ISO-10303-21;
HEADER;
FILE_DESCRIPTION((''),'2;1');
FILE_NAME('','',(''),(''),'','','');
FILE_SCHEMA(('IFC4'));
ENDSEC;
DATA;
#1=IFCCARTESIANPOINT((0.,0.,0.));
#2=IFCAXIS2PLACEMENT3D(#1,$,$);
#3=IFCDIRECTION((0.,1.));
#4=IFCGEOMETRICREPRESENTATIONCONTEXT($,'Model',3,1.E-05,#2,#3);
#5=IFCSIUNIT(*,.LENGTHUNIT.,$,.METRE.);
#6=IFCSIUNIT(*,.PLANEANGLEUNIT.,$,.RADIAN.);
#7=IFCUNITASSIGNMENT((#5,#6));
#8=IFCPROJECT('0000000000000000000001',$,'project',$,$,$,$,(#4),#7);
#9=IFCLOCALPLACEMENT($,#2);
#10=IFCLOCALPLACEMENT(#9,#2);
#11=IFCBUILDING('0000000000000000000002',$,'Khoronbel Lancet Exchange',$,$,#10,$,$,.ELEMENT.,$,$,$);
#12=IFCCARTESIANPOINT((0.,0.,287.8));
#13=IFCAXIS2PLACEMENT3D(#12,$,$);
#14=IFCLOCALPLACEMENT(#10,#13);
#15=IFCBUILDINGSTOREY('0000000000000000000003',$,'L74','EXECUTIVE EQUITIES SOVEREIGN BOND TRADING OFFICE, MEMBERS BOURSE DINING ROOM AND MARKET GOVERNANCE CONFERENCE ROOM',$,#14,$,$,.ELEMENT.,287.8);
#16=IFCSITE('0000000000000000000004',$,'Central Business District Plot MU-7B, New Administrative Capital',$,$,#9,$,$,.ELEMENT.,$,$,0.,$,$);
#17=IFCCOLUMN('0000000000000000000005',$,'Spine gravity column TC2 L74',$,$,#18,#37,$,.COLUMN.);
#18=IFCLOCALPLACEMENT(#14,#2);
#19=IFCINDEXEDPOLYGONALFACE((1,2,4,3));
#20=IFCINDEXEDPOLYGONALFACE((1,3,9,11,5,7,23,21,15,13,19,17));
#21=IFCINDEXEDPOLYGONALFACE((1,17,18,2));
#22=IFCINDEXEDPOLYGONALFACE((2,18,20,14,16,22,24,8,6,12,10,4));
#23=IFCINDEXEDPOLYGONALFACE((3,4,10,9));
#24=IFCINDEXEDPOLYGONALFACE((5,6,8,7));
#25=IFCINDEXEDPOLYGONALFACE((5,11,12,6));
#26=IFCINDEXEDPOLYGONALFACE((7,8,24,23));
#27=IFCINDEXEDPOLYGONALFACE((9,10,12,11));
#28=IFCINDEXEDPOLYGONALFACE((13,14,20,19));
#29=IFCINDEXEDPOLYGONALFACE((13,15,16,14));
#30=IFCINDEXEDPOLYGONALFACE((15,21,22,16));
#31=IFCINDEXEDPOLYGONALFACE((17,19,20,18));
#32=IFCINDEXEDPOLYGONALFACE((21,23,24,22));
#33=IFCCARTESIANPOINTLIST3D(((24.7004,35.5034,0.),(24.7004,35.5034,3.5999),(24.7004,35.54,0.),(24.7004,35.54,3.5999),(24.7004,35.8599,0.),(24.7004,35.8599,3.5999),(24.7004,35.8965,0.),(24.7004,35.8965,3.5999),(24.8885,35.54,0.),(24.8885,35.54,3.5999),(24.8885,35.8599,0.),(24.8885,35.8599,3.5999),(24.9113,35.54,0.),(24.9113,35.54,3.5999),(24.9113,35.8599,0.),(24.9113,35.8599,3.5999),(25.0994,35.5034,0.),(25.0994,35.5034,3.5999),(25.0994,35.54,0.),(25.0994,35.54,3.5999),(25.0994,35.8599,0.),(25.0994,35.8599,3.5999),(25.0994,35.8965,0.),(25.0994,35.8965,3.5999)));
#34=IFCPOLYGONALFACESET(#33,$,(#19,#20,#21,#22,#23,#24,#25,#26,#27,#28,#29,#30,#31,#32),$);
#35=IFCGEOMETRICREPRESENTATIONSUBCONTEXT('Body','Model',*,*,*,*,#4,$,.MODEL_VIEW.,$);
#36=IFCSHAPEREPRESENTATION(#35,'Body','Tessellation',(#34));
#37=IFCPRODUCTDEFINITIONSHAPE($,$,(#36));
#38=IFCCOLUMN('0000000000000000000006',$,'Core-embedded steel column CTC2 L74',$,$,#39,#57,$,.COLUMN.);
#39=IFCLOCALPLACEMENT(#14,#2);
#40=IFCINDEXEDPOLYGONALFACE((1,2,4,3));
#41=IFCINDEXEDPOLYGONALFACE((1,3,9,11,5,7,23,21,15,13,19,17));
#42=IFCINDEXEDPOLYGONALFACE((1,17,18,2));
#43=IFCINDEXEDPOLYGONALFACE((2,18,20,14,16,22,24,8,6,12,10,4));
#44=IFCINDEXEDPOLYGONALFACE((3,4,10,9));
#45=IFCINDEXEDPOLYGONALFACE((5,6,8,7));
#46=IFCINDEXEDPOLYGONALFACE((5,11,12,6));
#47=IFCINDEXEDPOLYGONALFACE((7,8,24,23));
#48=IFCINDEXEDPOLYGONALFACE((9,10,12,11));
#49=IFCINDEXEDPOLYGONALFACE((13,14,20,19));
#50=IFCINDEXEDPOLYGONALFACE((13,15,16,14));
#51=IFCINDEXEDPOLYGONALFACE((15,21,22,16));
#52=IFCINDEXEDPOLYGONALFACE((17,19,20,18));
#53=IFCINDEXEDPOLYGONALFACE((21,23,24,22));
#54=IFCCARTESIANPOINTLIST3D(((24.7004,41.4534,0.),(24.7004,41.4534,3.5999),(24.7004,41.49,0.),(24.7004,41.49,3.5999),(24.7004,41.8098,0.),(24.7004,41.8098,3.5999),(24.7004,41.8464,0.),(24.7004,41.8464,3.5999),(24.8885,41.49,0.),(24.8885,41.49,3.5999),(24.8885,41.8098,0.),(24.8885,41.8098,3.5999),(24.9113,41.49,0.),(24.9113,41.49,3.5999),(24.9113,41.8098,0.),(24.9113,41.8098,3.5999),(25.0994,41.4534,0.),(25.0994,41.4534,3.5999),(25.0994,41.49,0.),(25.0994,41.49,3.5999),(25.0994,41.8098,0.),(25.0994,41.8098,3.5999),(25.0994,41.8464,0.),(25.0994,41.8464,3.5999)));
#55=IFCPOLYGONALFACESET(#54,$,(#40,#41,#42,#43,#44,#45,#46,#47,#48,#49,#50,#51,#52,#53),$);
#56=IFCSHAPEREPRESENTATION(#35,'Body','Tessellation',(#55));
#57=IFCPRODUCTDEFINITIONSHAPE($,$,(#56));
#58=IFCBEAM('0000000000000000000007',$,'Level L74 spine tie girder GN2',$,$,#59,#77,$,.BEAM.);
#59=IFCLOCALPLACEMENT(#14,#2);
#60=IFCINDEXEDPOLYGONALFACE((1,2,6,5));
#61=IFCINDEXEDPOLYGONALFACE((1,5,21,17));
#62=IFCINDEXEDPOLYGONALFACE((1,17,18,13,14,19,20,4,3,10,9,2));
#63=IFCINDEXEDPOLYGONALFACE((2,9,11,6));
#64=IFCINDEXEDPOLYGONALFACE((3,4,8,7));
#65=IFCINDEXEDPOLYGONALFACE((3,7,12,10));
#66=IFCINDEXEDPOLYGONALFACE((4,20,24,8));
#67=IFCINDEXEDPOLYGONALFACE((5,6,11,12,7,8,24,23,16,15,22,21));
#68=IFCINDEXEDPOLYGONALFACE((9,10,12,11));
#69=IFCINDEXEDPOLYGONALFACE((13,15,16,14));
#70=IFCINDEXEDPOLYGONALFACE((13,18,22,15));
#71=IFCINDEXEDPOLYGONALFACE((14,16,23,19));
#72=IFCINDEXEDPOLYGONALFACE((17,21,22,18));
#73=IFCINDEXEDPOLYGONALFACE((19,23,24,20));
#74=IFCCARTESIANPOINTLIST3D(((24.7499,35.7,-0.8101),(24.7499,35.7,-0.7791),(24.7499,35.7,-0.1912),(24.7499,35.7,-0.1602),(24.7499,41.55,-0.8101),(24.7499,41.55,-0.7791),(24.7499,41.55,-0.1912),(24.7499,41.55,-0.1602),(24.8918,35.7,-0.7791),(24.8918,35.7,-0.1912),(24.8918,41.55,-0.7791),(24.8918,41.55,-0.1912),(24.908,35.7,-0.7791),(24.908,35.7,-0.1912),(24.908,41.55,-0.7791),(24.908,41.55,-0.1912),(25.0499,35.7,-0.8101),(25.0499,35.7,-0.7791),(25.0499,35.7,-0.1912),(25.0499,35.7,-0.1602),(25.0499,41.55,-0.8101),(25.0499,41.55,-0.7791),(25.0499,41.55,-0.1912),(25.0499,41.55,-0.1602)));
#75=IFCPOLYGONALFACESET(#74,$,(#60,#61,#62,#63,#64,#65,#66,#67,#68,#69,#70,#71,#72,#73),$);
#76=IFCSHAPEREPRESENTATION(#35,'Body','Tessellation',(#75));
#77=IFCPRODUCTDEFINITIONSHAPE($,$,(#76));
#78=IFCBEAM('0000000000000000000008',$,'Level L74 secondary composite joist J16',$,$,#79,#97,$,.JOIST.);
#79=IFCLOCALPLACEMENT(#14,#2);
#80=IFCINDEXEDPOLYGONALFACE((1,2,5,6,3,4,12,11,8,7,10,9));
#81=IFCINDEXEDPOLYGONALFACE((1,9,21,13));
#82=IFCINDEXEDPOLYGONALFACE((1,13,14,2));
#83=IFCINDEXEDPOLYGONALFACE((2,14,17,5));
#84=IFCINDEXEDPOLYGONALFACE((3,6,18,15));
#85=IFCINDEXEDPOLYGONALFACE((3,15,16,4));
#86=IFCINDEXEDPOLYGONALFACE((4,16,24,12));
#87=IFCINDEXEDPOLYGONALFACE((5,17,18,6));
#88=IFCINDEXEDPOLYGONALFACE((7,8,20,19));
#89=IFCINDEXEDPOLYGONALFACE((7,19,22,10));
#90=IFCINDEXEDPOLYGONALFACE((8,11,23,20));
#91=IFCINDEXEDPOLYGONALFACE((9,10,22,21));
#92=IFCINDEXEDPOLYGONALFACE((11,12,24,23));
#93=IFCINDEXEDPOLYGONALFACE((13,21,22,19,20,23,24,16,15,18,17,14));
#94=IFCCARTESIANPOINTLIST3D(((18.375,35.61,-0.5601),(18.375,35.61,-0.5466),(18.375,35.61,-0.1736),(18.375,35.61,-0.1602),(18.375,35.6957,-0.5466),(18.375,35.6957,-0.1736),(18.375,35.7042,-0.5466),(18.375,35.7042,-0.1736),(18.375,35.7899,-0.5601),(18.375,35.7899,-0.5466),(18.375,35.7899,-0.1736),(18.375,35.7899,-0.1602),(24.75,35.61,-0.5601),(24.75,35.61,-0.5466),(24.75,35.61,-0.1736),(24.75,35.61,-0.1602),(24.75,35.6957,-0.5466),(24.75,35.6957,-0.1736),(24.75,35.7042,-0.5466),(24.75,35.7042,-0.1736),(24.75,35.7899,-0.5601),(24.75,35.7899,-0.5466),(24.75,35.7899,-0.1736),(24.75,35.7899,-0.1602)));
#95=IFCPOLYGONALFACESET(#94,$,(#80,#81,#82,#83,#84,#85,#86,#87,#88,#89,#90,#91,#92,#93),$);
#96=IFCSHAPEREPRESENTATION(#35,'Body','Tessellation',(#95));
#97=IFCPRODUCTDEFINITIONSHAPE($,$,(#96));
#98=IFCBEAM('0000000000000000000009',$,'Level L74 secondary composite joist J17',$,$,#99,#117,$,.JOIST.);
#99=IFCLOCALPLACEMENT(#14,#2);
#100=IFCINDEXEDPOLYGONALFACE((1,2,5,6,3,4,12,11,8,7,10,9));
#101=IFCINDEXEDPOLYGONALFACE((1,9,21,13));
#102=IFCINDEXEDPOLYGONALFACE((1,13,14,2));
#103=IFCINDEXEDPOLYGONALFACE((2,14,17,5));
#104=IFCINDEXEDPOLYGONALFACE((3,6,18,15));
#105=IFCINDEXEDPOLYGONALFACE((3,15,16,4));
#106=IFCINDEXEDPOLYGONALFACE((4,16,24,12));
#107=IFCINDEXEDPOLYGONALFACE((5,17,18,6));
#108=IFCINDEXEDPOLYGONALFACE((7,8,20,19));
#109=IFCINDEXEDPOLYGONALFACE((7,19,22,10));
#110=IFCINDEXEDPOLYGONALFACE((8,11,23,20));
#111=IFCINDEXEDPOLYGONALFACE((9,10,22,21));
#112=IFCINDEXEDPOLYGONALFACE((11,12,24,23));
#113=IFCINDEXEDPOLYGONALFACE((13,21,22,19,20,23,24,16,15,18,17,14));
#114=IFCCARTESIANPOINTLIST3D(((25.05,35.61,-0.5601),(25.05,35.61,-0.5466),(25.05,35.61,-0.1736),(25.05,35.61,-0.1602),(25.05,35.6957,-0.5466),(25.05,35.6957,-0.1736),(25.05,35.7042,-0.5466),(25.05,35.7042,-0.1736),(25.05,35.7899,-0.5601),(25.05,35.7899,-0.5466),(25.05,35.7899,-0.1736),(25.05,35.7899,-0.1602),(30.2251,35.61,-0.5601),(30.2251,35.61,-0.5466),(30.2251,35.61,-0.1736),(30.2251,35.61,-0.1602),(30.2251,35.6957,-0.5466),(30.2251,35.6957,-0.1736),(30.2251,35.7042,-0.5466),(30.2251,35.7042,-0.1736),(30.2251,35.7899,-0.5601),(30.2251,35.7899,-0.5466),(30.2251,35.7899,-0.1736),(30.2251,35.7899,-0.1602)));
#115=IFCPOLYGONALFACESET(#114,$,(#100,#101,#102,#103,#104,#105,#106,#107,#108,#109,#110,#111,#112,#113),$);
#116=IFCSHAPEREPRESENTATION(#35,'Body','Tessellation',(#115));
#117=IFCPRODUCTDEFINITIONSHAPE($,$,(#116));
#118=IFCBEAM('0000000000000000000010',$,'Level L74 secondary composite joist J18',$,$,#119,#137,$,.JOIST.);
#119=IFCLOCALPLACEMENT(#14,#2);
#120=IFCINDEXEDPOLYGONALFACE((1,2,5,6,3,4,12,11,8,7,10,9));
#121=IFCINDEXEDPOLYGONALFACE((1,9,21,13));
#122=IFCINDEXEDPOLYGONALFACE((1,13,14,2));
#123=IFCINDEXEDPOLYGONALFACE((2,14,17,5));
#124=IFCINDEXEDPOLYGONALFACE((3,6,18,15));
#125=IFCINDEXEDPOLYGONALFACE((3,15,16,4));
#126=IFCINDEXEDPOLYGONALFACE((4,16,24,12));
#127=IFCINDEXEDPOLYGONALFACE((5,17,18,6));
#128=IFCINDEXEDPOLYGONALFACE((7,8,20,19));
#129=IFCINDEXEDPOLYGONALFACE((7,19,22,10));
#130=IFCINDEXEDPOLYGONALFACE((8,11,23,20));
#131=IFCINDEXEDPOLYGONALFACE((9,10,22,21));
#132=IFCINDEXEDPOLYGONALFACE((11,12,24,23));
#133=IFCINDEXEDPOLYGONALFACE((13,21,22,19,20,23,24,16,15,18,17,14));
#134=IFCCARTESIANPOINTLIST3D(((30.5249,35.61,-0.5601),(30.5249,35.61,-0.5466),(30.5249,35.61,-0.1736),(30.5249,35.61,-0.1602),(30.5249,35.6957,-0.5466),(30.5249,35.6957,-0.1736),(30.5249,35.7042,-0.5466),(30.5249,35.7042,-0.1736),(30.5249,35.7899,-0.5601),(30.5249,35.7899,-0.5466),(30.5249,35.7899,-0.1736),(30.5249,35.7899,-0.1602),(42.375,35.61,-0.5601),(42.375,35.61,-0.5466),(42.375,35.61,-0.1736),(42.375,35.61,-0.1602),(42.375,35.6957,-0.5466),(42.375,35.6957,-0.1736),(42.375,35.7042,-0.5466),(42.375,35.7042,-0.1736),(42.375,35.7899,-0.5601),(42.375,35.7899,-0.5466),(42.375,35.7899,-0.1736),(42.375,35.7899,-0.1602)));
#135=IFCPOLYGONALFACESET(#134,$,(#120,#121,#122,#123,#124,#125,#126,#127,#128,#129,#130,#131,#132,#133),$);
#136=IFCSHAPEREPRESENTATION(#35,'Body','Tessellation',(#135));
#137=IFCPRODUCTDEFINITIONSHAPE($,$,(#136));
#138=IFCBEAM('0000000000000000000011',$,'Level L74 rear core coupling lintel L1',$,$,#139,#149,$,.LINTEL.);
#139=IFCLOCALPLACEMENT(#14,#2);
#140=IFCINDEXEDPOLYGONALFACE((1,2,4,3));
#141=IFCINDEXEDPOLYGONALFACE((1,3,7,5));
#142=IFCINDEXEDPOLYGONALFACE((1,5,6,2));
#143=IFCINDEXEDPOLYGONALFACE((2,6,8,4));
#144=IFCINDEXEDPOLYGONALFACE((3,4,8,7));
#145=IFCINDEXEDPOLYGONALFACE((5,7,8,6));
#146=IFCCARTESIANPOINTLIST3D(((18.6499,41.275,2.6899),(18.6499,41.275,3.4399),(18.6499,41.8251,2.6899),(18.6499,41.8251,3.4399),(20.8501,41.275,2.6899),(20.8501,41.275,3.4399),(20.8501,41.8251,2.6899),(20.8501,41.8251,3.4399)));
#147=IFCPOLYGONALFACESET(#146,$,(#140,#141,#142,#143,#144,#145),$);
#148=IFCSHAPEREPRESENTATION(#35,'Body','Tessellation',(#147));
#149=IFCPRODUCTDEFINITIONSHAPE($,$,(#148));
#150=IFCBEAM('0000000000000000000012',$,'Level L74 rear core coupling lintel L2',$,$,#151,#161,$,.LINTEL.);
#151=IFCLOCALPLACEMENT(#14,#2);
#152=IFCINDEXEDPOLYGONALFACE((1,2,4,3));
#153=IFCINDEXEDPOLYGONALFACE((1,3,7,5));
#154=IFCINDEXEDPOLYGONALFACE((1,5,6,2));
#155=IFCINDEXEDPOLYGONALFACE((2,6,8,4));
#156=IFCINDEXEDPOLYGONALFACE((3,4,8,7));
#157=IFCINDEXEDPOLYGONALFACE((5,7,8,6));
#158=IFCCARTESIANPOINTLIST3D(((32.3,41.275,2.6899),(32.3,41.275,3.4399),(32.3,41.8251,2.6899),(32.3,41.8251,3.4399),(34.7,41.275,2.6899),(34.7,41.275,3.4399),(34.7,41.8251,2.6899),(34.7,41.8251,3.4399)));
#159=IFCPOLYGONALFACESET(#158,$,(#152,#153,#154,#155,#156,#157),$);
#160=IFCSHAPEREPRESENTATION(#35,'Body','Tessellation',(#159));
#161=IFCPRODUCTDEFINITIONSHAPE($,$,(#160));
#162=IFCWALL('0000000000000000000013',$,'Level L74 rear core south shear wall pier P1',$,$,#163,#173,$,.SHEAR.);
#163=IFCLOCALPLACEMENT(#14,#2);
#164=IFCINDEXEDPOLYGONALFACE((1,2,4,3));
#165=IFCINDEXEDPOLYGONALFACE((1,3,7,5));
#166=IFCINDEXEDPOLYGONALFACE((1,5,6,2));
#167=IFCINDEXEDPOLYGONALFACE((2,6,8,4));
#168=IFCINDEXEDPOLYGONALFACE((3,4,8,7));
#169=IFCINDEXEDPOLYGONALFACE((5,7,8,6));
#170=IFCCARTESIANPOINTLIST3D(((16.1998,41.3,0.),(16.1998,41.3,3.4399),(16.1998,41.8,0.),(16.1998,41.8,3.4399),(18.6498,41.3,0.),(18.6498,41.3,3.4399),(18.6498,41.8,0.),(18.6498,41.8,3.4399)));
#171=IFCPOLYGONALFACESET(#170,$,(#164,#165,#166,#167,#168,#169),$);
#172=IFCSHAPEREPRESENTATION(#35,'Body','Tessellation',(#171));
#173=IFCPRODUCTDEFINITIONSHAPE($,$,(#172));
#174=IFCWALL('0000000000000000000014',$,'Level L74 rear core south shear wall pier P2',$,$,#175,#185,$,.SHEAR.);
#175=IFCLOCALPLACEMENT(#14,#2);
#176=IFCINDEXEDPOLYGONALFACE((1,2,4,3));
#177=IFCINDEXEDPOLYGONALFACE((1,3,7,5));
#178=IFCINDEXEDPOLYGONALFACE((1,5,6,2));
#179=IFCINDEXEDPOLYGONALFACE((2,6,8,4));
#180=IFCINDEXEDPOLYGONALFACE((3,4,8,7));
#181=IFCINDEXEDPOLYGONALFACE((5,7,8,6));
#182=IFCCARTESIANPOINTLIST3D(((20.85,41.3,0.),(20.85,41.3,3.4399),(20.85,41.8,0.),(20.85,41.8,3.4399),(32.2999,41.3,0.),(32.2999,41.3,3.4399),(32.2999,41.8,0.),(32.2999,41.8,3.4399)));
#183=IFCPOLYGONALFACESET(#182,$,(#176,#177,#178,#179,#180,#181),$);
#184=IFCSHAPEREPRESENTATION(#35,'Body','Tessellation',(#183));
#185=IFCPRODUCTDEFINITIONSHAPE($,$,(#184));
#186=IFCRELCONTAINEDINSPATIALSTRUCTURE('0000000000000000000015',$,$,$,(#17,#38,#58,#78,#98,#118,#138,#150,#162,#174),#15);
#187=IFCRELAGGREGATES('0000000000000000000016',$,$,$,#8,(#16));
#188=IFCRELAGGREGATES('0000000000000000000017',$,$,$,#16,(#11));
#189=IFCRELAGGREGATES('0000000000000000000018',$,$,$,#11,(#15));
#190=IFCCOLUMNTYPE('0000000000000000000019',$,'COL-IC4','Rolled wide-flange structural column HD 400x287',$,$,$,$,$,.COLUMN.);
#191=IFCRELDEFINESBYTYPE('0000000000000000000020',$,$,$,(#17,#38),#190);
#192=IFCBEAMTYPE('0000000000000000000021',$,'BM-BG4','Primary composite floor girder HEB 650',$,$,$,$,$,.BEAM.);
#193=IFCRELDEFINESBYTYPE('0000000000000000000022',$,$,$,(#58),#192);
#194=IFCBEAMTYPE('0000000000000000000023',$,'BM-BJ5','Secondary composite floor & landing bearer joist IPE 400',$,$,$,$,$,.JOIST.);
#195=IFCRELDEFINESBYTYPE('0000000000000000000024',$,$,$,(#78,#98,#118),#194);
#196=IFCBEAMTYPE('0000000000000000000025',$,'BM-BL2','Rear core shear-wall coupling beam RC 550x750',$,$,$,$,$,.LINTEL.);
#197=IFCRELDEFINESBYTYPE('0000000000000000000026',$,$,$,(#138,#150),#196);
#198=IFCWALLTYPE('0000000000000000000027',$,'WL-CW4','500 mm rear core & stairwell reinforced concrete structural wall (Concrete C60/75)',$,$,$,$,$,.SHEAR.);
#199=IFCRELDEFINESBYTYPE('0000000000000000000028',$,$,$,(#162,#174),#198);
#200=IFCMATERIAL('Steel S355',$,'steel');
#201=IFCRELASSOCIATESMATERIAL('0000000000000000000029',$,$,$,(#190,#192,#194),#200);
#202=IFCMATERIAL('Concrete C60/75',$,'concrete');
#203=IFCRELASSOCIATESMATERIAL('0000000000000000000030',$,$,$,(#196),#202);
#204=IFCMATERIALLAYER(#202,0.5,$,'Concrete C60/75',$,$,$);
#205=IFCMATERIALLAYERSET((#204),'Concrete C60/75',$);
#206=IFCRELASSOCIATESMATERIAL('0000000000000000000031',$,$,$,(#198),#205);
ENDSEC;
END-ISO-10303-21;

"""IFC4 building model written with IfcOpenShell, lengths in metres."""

from ifc_helpers import new_model, si_unit, direction, frame, frame_2d, origin, origin_2d, place, context, subcontext, project, spatial, rectangle, i_section, extrude, material, layer, layer_set, material_profile, profile_set, type_object, element, save


model = new_model("IFC4")

# Units and contexts
model_context = context("Model", 3, precision=1e-05, world=origin(), true_north=direction((0.0, 1.0)))
body_context = subcontext(model_context, "Body", "Model", "MODEL_VIEW")
ifc_project = project(units=[si_unit("LENGTHUNIT", "METRE"), si_unit("PLANEANGLEUNIT", "RADIAN")], contexts=[model_context])

# Site, building, storey
site_placement = place(None, origin())
site = spatial("IfcSite", under=ifc_project, at=site_placement, Name="Central Business District Plot MU-7B, New Administrative Capital", CompositionType="ELEMENT", RefElevation=0.0)
building_placement = place(site_placement, origin())
building = spatial("IfcBuilding", under=site, at=building_placement, Name="Khoronbel Lancet Exchange", CompositionType="ELEMENT")
storey_placement = place(building_placement, frame((0.0, 0.0, 287.8)))
storey = spatial("IfcBuildingStorey", under=building, at=storey_placement, Name="L74", Description="EXECUTIVE EQUITIES SOVEREIGN BOND TRADING OFFICE, MEMBERS BOURSE DINING ROOM AND MARKET GOVERNANCE CONFERENCE ROOM", CompositionType="ELEMENT", Elevation=287.8)

# Columns
ifc_material_1 = material(Name="Steel S355", Category="steel")
ifc_material_profile_1 = material_profile(ifc_material_1, i_section(OverallWidth=0.3989, OverallDepth=0.3931, WebThickness=0.0227, FlangeThickness=0.0366, at=origin_2d()), Name="HD 400x287")
ifc_profile_set_1 = profile_set([ifc_material_profile_1], Name="Steel S355")
column_type = type_object("IfcColumnType", Name="COL-IC4", Description="Rolled wide-flange structural column HD 400x287", PredefinedType="COLUMN", material=ifc_profile_set_1)
for number, where, z_axis, x_axis, name in (
    (1, (24.8999, 35.7, 0.0), (0.0, 0.0, 1.0), (1.0, 0.0, 0.0), "Spine gravity column TC2 L74"),
    (2, (24.8999, 41.6499, 0.0), (0.0, 0.0, 1.0), (1.0, 0.0, 0.0), "Core-embedded steel column CTC2 L74"),
):
    element("IfcColumn", number, at=place(storey_placement, frame(where, z_axis=z_axis, x_axis=x_axis)), inside=storey, type_object=column_type, Name=name, PredefinedType="COLUMN", context=body_context, shape_type="SweptSolid", body=[
        extrude(i_section(OverallWidth=0.3989, OverallDepth=0.3931, WebThickness=0.0227, FlangeThickness=0.0366, at=origin_2d()), origin(), (0.0, 0.0, 1.0), 3.5999),
    ])

# Beams
ifc_material_profile_2 = material_profile(ifc_material_1, i_section(OverallWidth=0.3, OverallDepth=0.6499, WebThickness=0.0161, FlangeThickness=0.031, at=origin_2d()), Name="HEB 650")
ifc_profile_set_2 = profile_set([ifc_material_profile_2], Name="Steel S355")
beam_type_1 = type_object("IfcBeamType", Name="BM-BG4", Description="Primary composite floor girder HEB 650", PredefinedType="BEAM", material=ifc_profile_set_2)
beam_1_placement = place(storey_placement, frame((24.8999, 35.7, -0.4851), z_axis=(0.0, 1.0, 0.0), x_axis=(-1.0, 0.0, 0.0)))
element("IfcBeam", 3, at=beam_1_placement, inside=storey, type_object=beam_type_1, Name="Level L74 spine tie girder GN2", PredefinedType="BEAM", context=body_context, shape_type="SweptSolid", body=[
    extrude(i_section(OverallWidth=0.3, OverallDepth=0.6499, WebThickness=0.0161, FlangeThickness=0.031, at=origin_2d()), origin(), (0.0, 0.0, 1.0), 5.8501),
])
ifc_material_profile_3 = material_profile(ifc_material_1, i_section(OverallWidth=0.1799, OverallDepth=0.3999, WebThickness=0.0085, FlangeThickness=0.0134, at=origin_2d()), Name="IPE 400")
ifc_profile_set_3 = profile_set([ifc_material_profile_3], Name="Steel S355")
beam_type_2 = type_object("IfcBeamType", Name="BM-BJ5", Description="Secondary composite floor & landing bearer joist IPE 400", PredefinedType="JOIST", material=ifc_profile_set_3)
beam_2_placement = place(storey_placement, frame((18.375, 35.7, -0.3601), z_axis=(1.0, 0.0, 0.0), x_axis=(0.0, 1.0, 0.0)))
element("IfcBeam", 4, at=beam_2_placement, inside=storey, type_object=beam_type_2, Name="Level L74 secondary composite joist J16", PredefinedType="JOIST", context=body_context, shape_type="SweptSolid", body=[
    extrude(i_section(OverallWidth=0.1799, OverallDepth=0.3999, WebThickness=0.0085, FlangeThickness=0.0134, at=origin_2d()), origin(), (0.0, 0.0, 1.0), 6.375),
])
beam_3_placement = place(storey_placement, frame((25.05, 35.7, -0.3601), z_axis=(1.0, 0.0, 0.0), x_axis=(0.0, 1.0, 0.0)))
element("IfcBeam", 5, at=beam_3_placement, inside=storey, type_object=beam_type_2, Name="Level L74 secondary composite joist J17", PredefinedType="JOIST", context=body_context, shape_type="SweptSolid", body=[
    extrude(i_section(OverallWidth=0.1799, OverallDepth=0.3999, WebThickness=0.0085, FlangeThickness=0.0134, at=origin_2d()), origin(), (0.0, 0.0, 1.0), 5.175),
])
beam_4_placement = place(storey_placement, frame((30.5249, 35.7, -0.3601), z_axis=(1.0, 0.0, 0.0), x_axis=(0.0, 1.0, 0.0)))
element("IfcBeam", 6, at=beam_4_placement, inside=storey, type_object=beam_type_2, Name="Level L74 secondary composite joist J18", PredefinedType="JOIST", context=body_context, shape_type="SweptSolid", body=[
    extrude(i_section(OverallWidth=0.1799, OverallDepth=0.3999, WebThickness=0.0085, FlangeThickness=0.0134, at=origin_2d()), origin(), (0.0, 0.0, 1.0), 11.8501),
])
ifc_material_2 = material(Name="Concrete C60/75", Category="concrete")
ifc_material_profile_4 = material_profile(ifc_material_2, rectangle(XDim=0.55, YDim=0.75, at=origin_2d()), Name="RC 550x750")
ifc_profile_set_4 = profile_set([ifc_material_profile_4], Name="Concrete C60/75")
beam_type_3 = type_object("IfcBeamType", Name="BM-BL2", Description="Rear core shear-wall coupling beam RC 550x750", PredefinedType="LINTEL", material=ifc_profile_set_4)
beam_5_placement = place(storey_placement, frame((18.6499, 41.55, 3.0649), z_axis=(1.0, 0.0, 0.0), x_axis=(0.0, 1.0, 0.0)))
element("IfcBeam", 7, at=beam_5_placement, inside=storey, type_object=beam_type_3, Name="Level L74 rear core coupling lintel L1", PredefinedType="LINTEL", context=body_context, shape_type="SweptSolid", body=[
    extrude(rectangle(XDim=0.55, YDim=0.75, at=origin_2d()), origin(), (0.0, 0.0, 1.0), 2.2002),
])
beam_6_placement = place(storey_placement, frame((32.3, 41.55, 3.0649), z_axis=(1.0, 0.0, 0.0), x_axis=(0.0, 1.0, 0.0)))
element("IfcBeam", 8, at=beam_6_placement, inside=storey, type_object=beam_type_3, Name="Level L74 rear core coupling lintel L2", PredefinedType="LINTEL", context=body_context, shape_type="SweptSolid", body=[
    extrude(rectangle(XDim=0.55, YDim=0.75, at=origin_2d()), origin(), (0.0, 0.0, 1.0), 2.3999),
])

# Walls
ifc_layer_1 = layer(ifc_material_2, 0.5, Name="Concrete C60/75")
ifc_layer_set_1 = layer_set([ifc_layer_1], Name="Concrete C60/75")
wall_type_1 = type_object("IfcWallType", Name="WL-CW4", Description="500 mm rear core & stairwell reinforced concrete structural wall (Concrete C60/75)", PredefinedType="SHEAR", material=ifc_layer_set_1)
wall_1_placement = place(storey_placement, frame((18.6499, 41.55, 0.0), z_axis=(0.0, 0.0, 1.0), x_axis=(-1.0, 0.0, 0.0)))
element("IfcWall", 9, at=wall_1_placement, inside=storey, type_object=wall_type_1, Name="Level L74 rear core south shear wall pier P1", PredefinedType="SHEAR", context=body_context, shape_type="SweptSolid", body=[
    extrude(rectangle(XDim=2.45, YDim=0.5, at=frame_2d((1.2251, 0.0))), origin(), (0.0, 0.0, 1.0), 3.4399),
])
wall_2_placement = place(storey_placement, frame((32.3, 41.55, 0.0), z_axis=(0.0, 0.0, 1.0), x_axis=(-1.0, 0.0, 0.0)))
element("IfcWall", 10, at=wall_2_placement, inside=storey, type_object=wall_type_1, Name="Level L74 rear core south shear wall pier P2", PredefinedType="SHEAR", context=body_context, shape_type="SweptSolid", body=[
    extrude(rectangle(XDim=11.45, YDim=0.5, at=frame_2d((5.7251, 0.0))), origin(), (0.0, 0.0, 1.0), 3.4399),
])

save(model, "model.ifc")
